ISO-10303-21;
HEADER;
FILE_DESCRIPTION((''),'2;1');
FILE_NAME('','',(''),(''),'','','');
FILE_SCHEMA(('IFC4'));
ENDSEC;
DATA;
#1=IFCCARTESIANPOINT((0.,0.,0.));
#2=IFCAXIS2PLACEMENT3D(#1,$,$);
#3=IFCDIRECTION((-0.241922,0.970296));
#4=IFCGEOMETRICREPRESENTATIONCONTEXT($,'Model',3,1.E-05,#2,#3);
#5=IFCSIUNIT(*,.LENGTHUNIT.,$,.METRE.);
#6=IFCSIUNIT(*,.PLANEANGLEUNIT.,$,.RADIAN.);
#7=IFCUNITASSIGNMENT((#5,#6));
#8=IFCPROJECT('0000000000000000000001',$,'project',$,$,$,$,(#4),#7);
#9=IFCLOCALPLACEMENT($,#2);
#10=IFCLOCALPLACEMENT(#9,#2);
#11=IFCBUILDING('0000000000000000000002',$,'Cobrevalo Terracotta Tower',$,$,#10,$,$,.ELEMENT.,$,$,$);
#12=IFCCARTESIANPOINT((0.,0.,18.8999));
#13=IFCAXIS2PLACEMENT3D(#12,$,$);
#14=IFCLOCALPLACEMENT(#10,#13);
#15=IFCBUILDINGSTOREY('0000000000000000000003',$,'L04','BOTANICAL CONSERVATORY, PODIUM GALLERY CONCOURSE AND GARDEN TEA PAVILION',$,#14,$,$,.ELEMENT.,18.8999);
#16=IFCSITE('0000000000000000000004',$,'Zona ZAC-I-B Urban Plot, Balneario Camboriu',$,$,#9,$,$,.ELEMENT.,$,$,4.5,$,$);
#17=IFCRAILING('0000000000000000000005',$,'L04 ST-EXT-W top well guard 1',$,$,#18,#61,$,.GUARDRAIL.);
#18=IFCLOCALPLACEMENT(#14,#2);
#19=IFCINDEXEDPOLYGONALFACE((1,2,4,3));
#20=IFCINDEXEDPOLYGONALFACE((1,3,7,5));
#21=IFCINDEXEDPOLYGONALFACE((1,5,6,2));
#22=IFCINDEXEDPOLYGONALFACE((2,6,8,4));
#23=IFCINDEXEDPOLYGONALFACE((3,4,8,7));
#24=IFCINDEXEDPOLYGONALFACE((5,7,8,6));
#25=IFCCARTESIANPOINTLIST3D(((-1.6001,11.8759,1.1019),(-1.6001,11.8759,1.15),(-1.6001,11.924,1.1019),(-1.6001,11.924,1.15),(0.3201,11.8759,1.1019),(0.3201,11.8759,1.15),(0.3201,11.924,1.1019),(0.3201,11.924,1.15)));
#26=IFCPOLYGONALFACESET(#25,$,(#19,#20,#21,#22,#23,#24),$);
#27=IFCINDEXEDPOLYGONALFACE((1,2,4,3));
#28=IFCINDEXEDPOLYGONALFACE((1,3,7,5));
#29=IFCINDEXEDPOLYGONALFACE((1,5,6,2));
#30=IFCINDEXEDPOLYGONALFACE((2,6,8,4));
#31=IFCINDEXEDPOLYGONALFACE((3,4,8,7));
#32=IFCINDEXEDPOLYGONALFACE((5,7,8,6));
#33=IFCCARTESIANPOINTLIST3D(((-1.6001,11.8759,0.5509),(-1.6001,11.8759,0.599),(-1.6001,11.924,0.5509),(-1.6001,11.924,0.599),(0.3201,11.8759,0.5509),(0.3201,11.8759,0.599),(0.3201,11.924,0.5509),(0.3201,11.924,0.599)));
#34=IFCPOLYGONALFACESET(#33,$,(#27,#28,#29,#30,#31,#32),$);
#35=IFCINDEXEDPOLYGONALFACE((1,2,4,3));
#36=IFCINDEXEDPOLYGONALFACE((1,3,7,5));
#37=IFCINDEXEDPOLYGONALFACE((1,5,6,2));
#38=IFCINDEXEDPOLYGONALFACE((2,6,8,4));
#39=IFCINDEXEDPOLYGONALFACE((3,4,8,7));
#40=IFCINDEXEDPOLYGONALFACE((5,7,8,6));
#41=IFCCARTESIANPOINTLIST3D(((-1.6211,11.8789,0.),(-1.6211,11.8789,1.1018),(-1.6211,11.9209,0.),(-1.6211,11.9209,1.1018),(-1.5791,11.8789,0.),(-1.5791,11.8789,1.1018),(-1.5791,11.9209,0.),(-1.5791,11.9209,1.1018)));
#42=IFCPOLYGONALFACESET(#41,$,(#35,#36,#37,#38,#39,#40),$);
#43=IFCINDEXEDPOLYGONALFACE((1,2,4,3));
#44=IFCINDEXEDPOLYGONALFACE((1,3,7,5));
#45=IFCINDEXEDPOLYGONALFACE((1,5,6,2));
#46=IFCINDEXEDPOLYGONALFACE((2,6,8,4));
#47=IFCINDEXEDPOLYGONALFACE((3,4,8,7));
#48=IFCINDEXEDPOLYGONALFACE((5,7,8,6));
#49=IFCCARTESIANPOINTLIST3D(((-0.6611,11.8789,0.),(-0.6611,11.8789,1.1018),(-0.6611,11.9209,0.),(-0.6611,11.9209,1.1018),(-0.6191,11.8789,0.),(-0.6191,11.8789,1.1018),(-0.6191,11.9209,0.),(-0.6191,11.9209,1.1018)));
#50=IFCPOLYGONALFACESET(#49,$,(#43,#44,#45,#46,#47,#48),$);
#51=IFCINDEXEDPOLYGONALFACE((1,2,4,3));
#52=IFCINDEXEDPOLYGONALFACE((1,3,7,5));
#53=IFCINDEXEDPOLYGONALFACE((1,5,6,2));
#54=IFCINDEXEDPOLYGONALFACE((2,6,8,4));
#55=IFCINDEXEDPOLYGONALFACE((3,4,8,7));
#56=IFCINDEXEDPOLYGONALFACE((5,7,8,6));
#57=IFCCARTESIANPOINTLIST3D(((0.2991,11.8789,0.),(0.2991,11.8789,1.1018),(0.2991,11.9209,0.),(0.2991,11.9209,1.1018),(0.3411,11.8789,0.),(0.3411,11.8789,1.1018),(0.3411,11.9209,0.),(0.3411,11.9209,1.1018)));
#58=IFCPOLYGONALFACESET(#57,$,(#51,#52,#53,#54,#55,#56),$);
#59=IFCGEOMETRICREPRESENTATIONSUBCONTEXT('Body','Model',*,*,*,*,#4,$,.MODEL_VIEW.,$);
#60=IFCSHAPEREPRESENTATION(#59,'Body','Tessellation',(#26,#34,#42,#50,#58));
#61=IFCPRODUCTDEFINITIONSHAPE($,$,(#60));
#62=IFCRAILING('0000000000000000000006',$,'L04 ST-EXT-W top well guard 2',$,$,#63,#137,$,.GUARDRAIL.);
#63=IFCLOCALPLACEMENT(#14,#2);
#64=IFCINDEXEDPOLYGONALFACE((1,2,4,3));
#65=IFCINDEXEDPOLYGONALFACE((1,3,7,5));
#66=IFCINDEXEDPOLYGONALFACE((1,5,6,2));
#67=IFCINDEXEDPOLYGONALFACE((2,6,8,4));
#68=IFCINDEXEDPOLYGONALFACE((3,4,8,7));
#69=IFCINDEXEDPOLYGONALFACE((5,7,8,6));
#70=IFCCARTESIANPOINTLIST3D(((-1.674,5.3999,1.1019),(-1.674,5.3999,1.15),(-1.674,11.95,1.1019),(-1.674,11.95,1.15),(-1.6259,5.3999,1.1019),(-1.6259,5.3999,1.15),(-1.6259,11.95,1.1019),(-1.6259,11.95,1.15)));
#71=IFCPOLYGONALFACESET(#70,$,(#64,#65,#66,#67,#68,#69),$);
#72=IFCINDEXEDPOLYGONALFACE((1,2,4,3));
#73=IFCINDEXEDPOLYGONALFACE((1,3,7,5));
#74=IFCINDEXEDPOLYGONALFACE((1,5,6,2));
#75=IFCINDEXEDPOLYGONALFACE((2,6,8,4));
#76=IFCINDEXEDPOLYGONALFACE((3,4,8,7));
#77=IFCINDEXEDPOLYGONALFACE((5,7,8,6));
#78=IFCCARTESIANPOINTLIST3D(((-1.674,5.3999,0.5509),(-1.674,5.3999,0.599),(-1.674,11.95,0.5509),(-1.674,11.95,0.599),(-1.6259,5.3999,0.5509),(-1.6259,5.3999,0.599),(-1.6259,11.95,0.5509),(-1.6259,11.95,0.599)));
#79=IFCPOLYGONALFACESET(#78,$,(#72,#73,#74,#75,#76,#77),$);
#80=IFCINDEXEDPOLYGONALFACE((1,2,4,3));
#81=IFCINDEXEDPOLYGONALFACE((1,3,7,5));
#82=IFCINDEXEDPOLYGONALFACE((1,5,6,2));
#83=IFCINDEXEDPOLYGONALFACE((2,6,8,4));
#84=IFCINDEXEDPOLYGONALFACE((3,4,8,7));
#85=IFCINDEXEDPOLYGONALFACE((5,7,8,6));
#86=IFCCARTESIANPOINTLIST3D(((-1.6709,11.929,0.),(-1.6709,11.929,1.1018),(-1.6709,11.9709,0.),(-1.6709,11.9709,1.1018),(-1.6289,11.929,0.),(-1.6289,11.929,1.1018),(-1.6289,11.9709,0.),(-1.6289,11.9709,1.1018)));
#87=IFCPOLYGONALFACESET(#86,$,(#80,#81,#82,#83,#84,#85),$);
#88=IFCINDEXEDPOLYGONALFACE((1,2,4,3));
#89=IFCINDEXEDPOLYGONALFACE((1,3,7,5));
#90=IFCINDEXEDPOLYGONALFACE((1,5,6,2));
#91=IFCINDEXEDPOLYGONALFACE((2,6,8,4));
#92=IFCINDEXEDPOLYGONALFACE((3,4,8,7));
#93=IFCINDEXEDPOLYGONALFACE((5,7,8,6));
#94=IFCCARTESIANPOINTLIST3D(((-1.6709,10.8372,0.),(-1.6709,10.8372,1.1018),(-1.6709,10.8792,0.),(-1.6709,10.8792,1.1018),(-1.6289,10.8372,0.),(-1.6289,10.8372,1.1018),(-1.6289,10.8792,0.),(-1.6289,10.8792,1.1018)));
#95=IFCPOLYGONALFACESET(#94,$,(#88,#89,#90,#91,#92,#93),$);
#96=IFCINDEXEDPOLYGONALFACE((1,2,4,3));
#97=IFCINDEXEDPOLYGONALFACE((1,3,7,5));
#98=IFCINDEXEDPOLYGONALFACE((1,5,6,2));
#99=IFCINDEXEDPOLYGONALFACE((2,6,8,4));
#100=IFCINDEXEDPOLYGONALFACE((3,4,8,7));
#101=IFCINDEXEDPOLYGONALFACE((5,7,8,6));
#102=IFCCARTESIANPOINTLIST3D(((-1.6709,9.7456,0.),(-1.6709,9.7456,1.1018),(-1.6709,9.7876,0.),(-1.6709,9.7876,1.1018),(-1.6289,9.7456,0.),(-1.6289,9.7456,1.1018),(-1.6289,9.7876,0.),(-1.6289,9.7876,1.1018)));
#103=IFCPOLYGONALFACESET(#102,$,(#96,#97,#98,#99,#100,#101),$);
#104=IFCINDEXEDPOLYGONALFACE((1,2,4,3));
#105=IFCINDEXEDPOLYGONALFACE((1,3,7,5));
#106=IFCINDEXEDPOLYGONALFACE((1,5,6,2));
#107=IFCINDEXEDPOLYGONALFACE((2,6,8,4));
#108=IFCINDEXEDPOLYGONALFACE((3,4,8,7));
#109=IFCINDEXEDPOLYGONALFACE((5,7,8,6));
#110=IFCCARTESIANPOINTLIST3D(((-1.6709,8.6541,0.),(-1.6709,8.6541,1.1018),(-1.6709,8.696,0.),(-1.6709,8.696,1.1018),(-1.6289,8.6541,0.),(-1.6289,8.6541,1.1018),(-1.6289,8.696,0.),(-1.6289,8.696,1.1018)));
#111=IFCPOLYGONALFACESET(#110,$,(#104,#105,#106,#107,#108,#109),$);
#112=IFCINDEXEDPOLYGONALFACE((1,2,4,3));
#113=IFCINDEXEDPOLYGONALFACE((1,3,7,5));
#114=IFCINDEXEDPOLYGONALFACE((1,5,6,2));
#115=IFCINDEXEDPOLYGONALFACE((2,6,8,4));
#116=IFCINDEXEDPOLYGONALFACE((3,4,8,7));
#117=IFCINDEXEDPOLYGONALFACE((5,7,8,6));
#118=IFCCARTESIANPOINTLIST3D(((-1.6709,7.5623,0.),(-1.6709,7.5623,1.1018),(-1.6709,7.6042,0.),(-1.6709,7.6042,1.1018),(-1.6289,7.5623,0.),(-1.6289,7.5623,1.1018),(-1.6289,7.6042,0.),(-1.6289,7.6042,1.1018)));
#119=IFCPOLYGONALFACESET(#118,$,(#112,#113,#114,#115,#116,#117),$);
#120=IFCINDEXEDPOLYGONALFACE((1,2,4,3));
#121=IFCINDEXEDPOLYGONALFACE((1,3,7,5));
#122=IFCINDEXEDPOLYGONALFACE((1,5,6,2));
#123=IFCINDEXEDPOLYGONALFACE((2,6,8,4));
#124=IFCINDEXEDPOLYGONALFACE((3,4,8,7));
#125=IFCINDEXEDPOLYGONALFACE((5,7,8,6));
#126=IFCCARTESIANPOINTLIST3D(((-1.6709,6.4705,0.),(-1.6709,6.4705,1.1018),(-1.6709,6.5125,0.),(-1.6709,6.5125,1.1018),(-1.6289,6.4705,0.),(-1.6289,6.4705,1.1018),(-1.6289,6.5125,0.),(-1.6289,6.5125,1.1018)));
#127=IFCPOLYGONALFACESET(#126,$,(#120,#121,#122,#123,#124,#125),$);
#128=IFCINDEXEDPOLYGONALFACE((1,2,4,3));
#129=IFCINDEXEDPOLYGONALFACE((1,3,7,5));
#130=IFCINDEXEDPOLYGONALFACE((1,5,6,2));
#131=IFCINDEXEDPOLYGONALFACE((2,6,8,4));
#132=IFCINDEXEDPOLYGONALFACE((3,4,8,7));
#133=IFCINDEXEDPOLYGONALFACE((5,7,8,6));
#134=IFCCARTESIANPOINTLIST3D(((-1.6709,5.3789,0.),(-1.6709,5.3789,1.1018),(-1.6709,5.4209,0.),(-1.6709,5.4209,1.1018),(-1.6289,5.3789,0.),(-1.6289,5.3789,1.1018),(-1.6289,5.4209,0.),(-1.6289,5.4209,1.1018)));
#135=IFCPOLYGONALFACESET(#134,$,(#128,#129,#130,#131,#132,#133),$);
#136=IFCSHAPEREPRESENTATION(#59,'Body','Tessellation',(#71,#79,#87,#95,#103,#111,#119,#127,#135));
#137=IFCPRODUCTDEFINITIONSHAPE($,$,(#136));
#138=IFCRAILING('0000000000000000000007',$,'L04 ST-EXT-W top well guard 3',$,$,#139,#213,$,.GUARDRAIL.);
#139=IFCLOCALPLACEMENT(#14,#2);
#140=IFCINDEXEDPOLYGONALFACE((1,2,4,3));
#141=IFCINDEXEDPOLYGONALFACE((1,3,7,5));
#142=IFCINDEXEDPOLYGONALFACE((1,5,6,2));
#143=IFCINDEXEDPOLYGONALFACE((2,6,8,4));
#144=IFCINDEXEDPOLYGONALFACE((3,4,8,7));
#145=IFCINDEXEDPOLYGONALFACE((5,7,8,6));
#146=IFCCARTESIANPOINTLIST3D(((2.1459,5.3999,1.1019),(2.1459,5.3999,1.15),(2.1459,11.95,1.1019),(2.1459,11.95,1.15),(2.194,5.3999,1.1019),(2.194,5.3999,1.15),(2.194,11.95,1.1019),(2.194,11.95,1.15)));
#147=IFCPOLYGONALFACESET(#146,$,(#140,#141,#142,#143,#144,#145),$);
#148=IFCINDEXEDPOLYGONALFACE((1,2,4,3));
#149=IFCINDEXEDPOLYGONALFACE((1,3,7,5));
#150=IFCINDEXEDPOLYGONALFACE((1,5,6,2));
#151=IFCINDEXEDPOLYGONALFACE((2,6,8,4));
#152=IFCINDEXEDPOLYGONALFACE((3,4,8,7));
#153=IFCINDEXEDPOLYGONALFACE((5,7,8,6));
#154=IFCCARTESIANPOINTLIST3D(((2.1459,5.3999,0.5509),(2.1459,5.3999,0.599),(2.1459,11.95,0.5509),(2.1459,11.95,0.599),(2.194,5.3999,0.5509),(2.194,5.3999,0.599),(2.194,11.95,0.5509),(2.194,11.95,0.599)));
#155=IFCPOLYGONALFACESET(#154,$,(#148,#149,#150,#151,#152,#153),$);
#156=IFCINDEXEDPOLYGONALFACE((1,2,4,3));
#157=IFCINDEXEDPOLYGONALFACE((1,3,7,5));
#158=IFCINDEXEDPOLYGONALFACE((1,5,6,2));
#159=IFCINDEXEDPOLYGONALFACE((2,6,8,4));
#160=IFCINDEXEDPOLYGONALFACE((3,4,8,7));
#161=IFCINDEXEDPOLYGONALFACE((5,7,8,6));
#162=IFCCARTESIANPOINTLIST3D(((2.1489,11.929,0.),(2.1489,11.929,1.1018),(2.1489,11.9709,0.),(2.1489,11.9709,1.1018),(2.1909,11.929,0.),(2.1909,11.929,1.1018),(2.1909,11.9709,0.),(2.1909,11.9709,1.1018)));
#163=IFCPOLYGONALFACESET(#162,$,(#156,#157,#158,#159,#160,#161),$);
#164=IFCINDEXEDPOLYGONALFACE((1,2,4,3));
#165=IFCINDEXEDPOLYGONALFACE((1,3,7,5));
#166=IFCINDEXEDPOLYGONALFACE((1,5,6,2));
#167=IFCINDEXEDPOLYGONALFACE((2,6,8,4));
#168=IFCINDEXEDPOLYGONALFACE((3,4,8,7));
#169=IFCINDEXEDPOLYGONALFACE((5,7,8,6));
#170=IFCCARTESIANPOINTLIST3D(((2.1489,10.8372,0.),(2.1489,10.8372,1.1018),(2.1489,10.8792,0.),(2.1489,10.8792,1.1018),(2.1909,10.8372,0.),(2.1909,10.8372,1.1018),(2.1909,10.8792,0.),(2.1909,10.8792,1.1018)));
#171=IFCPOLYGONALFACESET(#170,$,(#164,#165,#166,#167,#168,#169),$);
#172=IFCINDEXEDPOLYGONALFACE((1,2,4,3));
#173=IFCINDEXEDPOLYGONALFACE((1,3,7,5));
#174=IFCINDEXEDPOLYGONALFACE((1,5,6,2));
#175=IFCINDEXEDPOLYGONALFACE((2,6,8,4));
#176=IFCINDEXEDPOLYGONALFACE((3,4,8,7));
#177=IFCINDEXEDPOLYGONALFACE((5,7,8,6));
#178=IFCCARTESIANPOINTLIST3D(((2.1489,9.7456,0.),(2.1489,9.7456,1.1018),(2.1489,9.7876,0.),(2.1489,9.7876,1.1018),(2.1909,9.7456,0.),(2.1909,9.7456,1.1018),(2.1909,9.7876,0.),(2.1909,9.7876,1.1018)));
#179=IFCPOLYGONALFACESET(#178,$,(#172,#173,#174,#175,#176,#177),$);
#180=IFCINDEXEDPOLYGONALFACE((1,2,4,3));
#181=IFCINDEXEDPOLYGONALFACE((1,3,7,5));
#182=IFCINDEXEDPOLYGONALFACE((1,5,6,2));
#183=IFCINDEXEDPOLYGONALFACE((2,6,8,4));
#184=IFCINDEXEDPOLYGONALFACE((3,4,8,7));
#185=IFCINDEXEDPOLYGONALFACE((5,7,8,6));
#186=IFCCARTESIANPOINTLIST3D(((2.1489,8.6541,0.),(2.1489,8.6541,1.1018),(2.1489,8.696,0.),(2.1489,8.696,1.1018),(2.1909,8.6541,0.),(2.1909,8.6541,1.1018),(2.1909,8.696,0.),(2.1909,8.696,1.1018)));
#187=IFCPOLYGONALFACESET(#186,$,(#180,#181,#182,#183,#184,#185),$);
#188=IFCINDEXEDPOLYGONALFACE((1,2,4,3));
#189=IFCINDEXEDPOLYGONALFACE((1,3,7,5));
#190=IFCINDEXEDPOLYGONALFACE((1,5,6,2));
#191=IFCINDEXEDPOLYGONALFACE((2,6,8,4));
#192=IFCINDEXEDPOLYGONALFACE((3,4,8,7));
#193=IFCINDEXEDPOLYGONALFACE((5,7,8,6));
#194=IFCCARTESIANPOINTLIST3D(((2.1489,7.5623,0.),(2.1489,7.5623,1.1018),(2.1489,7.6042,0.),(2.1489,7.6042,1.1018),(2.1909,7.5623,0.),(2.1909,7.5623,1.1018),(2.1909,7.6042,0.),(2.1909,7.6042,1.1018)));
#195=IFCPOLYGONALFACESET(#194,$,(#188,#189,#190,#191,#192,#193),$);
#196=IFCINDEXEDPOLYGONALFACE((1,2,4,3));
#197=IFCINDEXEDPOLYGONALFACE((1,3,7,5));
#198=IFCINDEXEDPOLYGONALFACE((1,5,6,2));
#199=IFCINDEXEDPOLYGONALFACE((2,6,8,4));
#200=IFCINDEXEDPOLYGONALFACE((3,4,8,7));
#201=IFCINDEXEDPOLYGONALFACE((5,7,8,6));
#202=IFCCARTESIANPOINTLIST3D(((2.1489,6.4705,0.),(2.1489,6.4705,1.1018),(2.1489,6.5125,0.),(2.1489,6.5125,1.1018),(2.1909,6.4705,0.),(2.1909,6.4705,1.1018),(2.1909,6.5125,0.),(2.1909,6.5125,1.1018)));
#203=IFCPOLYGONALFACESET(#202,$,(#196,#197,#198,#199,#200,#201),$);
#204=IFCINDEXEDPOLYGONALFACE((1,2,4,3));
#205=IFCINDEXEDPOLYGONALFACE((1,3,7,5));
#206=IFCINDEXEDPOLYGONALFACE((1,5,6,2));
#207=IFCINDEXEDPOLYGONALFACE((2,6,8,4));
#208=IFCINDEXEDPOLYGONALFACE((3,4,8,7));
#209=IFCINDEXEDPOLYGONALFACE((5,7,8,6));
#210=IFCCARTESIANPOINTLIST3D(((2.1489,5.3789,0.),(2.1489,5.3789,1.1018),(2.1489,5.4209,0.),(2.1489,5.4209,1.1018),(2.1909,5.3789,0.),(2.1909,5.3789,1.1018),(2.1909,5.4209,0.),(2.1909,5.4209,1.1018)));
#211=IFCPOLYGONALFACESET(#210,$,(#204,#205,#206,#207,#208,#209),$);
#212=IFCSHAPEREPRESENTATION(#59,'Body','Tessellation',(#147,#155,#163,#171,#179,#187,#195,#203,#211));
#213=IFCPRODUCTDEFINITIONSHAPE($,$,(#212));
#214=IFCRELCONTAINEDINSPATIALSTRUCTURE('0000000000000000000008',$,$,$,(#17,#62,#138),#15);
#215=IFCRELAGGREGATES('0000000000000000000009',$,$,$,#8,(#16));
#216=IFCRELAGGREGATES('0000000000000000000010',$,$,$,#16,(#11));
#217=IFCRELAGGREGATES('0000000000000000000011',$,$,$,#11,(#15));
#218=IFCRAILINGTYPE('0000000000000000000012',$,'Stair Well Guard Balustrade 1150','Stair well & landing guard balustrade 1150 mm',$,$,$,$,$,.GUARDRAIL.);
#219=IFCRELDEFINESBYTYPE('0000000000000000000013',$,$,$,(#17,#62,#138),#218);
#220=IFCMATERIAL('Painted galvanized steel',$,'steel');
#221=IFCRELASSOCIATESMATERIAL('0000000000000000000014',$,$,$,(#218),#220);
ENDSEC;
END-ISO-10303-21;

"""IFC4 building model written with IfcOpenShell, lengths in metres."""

from ifc_helpers import new_model, si_unit, direction, frame, origin, origin_2d, place, context, subcontext, project, spatial, rectangle, extrude, material, type_object, element, save


model = new_model("IFC4")

# Units and contexts
model_context = context("Model", 3, precision=1e-05, world=origin(), true_north=direction((-0.241922, 0.970296)))
body_context = subcontext(model_context, "Body", "Model", "MODEL_VIEW")
ifc_project = project(units=[si_unit("LENGTHUNIT", "METRE"), si_unit("PLANEANGLEUNIT", "RADIAN")], contexts=[model_context])

# Site, building, storey
site_placement = place(None, origin())
site = spatial("IfcSite", under=ifc_project, at=site_placement, Name="Zona ZAC-I-B Urban Plot, Balneario Camboriu", CompositionType="ELEMENT", RefElevation=4.5)
building_placement = place(site_placement, origin())
building = spatial("IfcBuilding", under=site, at=building_placement, Name="Cobrevalo Terracotta Tower", CompositionType="ELEMENT")
storey_placement = place(building_placement, frame((0.0, 0.0, 18.8999)))
storey = spatial("IfcBuildingStorey", under=building, at=storey_placement, Name="L04", Description="BOTANICAL CONSERVATORY, PODIUM GALLERY CONCOURSE AND GARDEN TEA PAVILION", CompositionType="ELEMENT", Elevation=18.8999)

# Railings
ifc_material_1 = material(Name="Painted galvanized steel", Category="steel")
railing_type_1 = type_object("IfcRailingType", Name="Stair Well Guard Balustrade 1150", Description="Stair well & landing guard balustrade 1150 mm", PredefinedType="GUARDRAIL", material=ifc_material_1)
railing_1_placement = place(storey_placement, frame((-1.6001, 11.8999, 0.0)))
element("IfcRailing", 1, at=railing_1_placement, inside=storey, type_object=railing_type_1, Name="L04 ST-EXT-W top well guard 1", PredefinedType="GUARDRAIL", context=body_context, shape_type="SweptSolid", body=[
    extrude(rectangle(XDim=0.0481, YDim=0.0481, at=origin_2d()), frame((0.0, 0.0, 1.126), z_axis=(1.0, 0.0, 0.0), x_axis=(0.0, 1.0, 0.0)), (0.0, 0.0, 1.0), 1.9202),
    extrude(rectangle(XDim=0.0481, YDim=0.0481, at=origin_2d()), frame((0.0, 0.0, 0.575), z_axis=(1.0, 0.0, 0.0), x_axis=(0.0, 1.0, 0.0)), (0.0, 0.0, 1.0), 1.9202),
    extrude(rectangle(XDim=0.042, YDim=0.042, at=origin_2d()), origin(), (0.0, 0.0, 1.0), 1.1018),
    extrude(rectangle(XDim=0.042, YDim=0.042, at=origin_2d()), frame((0.96, 0.0, 0.0)), (0.0, 0.0, 1.0), 1.1018),
    extrude(rectangle(XDim=0.042, YDim=0.042, at=origin_2d()), frame((1.9202, 0.0, 0.0)), (0.0, 0.0, 1.0), 1.1018),
])
for number, where, name in (
    (2, (-1.6499, 11.95, 0.0), "L04 ST-EXT-W top well guard 2"),
    (3, (2.1699, 11.95, 0.0), "L04 ST-EXT-W top well guard 3"),
):
    element("IfcRailing", number, at=place(storey_placement, frame(where)), inside=storey, type_object=railing_type_1, Name=name, PredefinedType="GUARDRAIL", context=body_context, shape_type="SweptSolid", body=[
        extrude(rectangle(XDim=0.0481, YDim=0.0481, at=origin_2d()), frame((0.0, 0.0, 1.126), z_axis=(0.0, -1.0, 0.0), x_axis=(1.0, 0.0, 0.0)), (0.0, 0.0, 1.0), 6.55),
        extrude(rectangle(XDim=0.0481, YDim=0.0481, at=origin_2d()), frame((0.0, 0.0, 0.575), z_axis=(0.0, -1.0, 0.0), x_axis=(1.0, 0.0, 0.0)), (0.0, 0.0, 1.0), 6.55),
        extrude(rectangle(XDim=0.042, YDim=0.042, at=origin_2d()), origin(), (0.0, 0.0, 1.0), 1.1018),
        extrude(rectangle(XDim=0.042, YDim=0.042, at=origin_2d()), frame((0.0, -1.0918, 0.0)), (0.0, 0.0, 1.0), 1.1018),
        extrude(rectangle(XDim=0.042, YDim=0.042, at=origin_2d()), frame((0.0, -2.1833, 0.0)), (0.0, 0.0, 1.0), 1.1018),
        extrude(rectangle(XDim=0.042, YDim=0.042, at=origin_2d()), frame((0.0, -3.2749, 0.0)), (0.0, 0.0, 1.0), 1.1018),
        extrude(rectangle(XDim=0.042, YDim=0.042, at=origin_2d()), frame((0.0, -4.3667, 0.0)), (0.0, 0.0, 1.0), 1.1018),
        extrude(rectangle(XDim=0.042, YDim=0.042, at=origin_2d()), frame((0.0, -5.4585, 0.0)), (0.0, 0.0, 1.0), 1.1018),
        extrude(rectangle(XDim=0.042, YDim=0.042, at=origin_2d()), frame((0.0, -6.55, 0.0)), (0.0, 0.0, 1.0), 1.1018),
    ])

save(model, "model.ifc")
